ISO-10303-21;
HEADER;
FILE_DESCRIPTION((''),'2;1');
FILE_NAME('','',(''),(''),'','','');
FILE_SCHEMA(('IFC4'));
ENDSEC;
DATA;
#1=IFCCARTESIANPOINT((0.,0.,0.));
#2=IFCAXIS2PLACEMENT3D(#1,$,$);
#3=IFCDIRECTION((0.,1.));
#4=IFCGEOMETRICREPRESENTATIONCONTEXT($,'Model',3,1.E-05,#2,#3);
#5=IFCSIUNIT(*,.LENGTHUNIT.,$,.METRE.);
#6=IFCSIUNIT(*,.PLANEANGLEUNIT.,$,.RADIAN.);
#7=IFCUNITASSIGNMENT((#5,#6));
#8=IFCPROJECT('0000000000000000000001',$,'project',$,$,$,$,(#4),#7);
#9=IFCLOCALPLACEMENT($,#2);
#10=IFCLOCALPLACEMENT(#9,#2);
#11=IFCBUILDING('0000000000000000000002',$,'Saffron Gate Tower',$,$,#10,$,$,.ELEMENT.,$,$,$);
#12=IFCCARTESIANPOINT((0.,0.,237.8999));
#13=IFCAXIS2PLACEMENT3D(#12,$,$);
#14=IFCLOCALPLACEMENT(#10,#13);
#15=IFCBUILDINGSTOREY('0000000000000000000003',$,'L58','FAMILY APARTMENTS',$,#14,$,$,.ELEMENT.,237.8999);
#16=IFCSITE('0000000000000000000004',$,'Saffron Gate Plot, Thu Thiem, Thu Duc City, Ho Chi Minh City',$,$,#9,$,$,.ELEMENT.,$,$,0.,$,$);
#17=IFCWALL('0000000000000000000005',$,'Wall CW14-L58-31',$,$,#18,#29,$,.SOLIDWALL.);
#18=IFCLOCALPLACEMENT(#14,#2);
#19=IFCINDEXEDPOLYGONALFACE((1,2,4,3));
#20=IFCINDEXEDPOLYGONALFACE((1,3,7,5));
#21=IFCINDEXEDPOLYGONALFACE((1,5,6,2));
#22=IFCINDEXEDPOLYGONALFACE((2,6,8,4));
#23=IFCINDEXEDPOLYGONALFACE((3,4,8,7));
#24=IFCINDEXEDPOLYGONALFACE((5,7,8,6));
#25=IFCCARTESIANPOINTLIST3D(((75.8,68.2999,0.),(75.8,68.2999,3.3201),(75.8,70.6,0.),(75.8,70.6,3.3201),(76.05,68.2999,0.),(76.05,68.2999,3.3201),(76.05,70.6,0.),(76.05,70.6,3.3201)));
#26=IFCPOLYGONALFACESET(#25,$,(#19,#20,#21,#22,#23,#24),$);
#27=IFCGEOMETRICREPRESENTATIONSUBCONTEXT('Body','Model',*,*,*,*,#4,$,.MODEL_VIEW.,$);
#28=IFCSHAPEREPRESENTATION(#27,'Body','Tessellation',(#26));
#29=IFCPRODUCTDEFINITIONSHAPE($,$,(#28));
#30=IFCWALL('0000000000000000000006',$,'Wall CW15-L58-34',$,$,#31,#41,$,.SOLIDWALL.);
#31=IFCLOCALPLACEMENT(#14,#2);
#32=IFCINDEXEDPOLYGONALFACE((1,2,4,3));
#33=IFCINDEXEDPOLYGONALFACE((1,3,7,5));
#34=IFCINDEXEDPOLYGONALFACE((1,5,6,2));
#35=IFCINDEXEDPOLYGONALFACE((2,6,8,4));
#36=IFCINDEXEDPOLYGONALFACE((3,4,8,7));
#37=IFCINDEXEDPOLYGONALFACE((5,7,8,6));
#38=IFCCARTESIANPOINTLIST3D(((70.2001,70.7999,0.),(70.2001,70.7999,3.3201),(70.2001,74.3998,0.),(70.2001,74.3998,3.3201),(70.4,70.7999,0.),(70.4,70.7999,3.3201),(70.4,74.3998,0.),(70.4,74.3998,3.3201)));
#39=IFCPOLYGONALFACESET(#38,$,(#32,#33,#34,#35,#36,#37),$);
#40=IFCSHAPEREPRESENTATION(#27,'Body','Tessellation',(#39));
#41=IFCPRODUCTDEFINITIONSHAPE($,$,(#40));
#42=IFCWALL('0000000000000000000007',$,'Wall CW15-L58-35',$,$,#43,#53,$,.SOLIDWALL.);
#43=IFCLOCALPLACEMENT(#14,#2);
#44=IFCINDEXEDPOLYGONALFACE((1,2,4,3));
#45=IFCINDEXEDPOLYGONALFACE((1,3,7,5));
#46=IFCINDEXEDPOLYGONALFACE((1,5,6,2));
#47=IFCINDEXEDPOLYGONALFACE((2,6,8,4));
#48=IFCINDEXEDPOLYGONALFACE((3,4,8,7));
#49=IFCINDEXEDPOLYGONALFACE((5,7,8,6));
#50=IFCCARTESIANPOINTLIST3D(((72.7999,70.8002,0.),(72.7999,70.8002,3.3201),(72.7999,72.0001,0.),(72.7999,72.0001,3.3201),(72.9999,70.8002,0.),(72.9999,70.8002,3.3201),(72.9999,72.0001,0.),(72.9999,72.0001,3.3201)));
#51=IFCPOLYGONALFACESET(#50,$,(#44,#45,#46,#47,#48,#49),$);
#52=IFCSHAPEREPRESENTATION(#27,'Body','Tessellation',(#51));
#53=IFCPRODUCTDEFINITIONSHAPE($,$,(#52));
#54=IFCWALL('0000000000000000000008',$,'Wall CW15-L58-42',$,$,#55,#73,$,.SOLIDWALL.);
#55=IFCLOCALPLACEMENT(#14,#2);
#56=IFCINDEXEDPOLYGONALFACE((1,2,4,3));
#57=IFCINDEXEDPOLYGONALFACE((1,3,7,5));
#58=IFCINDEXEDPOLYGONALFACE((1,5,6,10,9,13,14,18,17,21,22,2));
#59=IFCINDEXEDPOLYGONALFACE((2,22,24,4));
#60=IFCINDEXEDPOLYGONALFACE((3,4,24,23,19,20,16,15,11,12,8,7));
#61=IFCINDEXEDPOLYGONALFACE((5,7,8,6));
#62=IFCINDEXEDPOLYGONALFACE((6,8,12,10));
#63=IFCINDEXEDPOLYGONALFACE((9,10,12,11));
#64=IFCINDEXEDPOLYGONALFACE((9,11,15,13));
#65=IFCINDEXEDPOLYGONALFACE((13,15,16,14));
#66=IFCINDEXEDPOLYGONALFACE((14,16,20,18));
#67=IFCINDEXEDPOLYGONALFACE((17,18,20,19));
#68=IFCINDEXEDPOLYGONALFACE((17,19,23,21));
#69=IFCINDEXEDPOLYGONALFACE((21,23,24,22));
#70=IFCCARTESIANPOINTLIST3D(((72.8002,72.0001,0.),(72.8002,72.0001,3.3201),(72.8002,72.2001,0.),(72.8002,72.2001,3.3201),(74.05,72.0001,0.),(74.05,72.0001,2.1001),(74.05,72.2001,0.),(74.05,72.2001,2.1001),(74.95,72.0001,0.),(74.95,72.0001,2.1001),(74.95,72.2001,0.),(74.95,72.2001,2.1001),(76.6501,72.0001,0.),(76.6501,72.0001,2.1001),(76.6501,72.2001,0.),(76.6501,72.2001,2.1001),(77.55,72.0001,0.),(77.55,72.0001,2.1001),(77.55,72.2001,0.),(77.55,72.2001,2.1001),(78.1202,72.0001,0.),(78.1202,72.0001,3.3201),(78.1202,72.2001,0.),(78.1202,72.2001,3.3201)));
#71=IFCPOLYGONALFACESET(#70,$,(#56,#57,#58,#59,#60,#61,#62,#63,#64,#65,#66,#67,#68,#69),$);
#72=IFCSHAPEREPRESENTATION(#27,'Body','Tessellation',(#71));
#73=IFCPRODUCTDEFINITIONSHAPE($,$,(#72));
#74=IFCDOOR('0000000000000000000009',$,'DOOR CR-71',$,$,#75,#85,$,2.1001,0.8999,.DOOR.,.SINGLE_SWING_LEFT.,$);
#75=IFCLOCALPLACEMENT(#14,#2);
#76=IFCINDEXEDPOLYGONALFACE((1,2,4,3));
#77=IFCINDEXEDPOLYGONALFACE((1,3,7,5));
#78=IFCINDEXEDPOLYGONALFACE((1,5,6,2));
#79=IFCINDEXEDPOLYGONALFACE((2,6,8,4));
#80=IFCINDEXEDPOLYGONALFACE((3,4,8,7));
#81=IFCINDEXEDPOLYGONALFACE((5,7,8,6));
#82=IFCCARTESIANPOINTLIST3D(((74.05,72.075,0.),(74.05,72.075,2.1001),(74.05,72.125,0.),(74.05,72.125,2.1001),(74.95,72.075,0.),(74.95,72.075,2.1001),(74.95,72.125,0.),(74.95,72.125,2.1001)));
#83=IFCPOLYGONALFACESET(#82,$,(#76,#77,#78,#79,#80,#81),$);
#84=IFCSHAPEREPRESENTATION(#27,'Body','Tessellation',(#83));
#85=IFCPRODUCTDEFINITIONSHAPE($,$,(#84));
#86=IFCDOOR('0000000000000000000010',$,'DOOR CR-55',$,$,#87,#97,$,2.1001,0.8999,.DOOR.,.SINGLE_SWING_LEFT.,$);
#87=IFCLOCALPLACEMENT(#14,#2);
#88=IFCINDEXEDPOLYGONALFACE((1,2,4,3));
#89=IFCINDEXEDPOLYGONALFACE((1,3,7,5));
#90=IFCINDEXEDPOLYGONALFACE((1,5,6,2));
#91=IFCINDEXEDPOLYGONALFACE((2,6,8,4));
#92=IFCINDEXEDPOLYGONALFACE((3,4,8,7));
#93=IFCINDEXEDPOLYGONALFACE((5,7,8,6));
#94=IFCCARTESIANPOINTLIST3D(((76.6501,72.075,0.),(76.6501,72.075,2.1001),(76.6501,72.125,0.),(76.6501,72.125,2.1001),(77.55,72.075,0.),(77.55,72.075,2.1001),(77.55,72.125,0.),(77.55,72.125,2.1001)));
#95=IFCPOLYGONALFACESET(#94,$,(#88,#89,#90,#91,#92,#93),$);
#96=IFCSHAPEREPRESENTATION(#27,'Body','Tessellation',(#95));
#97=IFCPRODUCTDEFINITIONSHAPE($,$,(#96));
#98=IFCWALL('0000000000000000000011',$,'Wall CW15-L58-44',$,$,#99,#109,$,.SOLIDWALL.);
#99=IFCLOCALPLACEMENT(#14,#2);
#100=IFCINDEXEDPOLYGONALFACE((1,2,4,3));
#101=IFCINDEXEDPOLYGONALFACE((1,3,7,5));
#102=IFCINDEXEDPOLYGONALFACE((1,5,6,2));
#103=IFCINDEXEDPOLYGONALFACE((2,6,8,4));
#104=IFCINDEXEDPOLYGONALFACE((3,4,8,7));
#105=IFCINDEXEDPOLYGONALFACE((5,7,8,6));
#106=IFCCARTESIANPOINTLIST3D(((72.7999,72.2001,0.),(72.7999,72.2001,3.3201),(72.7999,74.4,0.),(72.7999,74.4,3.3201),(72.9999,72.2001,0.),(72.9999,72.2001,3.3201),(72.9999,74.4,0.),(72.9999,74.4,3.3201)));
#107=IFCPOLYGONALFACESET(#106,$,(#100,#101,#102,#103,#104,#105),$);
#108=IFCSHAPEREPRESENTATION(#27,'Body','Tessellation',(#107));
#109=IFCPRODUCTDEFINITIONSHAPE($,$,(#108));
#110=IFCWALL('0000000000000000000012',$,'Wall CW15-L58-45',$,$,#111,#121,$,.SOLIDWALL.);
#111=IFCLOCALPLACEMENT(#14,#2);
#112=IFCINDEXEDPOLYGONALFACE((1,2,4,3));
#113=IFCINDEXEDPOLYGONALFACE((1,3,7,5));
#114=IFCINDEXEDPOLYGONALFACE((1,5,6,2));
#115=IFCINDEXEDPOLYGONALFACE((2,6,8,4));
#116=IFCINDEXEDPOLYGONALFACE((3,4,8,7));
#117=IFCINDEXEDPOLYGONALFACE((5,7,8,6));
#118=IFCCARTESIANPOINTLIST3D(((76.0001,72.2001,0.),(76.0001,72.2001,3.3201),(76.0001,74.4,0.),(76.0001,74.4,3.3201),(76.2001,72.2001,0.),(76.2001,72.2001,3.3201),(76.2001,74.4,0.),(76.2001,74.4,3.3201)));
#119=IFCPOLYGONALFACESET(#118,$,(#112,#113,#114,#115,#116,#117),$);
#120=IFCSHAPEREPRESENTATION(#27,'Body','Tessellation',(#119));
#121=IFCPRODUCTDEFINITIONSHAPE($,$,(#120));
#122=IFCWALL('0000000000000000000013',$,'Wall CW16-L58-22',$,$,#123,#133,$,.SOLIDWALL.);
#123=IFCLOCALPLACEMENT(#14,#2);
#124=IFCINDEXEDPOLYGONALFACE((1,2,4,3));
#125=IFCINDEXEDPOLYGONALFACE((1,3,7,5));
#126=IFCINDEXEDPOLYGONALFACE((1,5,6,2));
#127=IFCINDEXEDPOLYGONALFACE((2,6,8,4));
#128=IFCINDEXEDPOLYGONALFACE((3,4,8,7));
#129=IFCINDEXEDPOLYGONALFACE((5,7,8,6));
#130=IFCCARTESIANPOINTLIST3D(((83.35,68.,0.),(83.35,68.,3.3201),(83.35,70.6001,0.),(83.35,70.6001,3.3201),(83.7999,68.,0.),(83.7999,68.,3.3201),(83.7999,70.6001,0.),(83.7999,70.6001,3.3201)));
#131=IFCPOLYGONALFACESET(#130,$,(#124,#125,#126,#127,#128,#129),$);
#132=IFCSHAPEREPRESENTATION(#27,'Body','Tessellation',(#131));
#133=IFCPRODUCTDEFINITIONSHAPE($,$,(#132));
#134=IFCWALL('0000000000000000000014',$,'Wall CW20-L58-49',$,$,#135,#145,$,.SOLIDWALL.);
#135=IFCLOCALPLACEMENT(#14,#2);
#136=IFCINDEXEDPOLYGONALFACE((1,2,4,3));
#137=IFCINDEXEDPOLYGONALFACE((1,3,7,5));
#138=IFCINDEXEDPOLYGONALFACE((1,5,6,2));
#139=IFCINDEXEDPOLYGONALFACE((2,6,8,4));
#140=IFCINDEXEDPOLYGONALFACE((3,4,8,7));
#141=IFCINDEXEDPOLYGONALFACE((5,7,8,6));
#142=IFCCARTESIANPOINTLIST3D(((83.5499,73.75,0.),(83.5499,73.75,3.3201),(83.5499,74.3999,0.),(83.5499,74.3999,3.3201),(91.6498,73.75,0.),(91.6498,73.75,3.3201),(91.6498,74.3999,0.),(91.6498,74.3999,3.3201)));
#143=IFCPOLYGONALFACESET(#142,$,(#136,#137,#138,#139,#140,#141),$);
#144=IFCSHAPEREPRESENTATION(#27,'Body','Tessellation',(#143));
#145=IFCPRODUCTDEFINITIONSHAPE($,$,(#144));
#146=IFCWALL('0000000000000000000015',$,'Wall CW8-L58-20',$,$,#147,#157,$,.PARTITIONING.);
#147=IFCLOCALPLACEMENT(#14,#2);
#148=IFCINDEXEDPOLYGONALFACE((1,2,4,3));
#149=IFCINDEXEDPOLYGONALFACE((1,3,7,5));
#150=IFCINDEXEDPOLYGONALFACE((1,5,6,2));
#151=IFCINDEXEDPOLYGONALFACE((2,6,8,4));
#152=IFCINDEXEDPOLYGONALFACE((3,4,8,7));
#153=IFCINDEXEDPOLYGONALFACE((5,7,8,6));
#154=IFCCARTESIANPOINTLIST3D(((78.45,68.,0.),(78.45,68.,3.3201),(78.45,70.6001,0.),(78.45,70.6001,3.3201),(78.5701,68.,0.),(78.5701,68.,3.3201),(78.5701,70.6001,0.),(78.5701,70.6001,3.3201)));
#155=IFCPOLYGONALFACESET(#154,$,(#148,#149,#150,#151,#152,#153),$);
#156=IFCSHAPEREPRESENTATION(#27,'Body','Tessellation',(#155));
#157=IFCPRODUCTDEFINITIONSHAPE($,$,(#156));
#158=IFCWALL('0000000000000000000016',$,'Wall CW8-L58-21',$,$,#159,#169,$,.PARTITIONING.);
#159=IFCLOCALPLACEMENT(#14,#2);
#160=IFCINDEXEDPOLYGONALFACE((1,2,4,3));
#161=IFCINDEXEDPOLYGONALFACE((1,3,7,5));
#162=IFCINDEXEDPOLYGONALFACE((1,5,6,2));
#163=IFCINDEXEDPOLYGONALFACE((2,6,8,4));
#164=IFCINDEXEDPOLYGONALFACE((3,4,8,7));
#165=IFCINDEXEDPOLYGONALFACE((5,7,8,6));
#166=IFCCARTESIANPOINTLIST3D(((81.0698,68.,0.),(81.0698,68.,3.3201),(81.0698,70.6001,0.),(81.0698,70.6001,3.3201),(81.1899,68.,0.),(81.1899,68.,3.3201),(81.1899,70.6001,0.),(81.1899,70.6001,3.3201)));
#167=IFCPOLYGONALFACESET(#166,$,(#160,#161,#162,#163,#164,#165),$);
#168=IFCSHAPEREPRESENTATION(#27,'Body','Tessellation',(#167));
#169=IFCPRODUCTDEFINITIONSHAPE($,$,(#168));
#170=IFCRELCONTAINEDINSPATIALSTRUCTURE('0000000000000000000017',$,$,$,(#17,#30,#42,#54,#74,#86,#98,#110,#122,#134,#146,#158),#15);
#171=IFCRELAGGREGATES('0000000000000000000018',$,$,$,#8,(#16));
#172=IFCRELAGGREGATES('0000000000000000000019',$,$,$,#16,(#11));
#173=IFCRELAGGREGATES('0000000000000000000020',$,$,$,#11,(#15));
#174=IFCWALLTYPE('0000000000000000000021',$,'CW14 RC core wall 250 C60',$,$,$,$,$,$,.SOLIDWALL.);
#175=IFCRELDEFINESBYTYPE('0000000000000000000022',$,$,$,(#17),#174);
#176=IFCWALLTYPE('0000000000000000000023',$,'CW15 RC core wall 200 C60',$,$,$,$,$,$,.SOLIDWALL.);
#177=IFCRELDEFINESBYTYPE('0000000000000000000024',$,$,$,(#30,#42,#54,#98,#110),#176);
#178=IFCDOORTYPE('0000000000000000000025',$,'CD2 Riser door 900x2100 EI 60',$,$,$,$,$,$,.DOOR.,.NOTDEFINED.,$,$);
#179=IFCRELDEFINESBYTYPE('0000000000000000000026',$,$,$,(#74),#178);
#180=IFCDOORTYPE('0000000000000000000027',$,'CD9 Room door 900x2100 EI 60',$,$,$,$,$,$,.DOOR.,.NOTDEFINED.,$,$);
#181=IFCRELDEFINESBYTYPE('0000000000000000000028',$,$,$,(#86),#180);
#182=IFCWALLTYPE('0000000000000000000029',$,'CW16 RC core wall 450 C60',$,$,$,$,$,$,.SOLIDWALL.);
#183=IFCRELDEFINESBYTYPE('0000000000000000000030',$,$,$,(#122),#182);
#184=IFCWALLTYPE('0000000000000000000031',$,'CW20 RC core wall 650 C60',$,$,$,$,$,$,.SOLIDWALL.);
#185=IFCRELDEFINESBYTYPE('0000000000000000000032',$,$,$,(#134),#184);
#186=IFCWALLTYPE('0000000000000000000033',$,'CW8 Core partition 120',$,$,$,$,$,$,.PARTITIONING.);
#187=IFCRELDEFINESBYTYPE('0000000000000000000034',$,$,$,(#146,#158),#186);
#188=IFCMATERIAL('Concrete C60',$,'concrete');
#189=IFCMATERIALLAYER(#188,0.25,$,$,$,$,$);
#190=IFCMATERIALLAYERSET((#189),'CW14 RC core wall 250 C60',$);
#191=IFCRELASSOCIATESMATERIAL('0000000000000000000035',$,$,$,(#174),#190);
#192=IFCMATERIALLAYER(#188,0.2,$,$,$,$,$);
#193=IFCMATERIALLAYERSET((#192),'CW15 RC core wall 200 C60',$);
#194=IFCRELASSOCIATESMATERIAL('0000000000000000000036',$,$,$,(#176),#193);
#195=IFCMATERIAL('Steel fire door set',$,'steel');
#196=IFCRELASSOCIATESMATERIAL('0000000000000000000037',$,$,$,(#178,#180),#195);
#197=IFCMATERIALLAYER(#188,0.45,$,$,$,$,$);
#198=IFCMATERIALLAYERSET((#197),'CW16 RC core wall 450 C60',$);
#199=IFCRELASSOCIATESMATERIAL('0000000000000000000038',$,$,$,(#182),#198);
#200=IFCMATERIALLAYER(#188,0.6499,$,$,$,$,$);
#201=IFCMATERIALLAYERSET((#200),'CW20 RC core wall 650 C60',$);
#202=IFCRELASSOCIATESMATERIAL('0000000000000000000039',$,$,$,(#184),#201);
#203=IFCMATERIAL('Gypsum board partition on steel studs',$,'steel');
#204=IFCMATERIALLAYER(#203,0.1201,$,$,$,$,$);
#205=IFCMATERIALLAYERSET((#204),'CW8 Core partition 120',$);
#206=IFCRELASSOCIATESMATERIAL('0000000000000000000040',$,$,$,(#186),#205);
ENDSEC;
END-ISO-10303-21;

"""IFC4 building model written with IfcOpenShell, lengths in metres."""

from ifc_helpers import new_model, si_unit, direction, frame, frame_2d, origin, place, context, subcontext, project, spatial, rectangle, extrude, material, layer, layer_set, type_object, element, fill, save


model = new_model("IFC4")

# Units and contexts
model_context = context("Model", 3, precision=1e-05, world=origin(), true_north=direction((0.0, 1.0)))
body_context = subcontext(model_context, "Body", "Model", "MODEL_VIEW")
ifc_project = project(units=[si_unit("LENGTHUNIT", "METRE"), si_unit("PLANEANGLEUNIT", "RADIAN")], contexts=[model_context])

# Site, building, storey
site_placement = place(None, origin())
site = spatial("IfcSite", under=ifc_project, at=site_placement, Name="Saffron Gate Plot, Thu Thiem, Thu Duc City, Ho Chi Minh City", CompositionType="ELEMENT", RefElevation=0.0)
building_placement = place(site_placement, origin())
building = spatial("IfcBuilding", under=site, at=building_placement, Name="Saffron Gate Tower", CompositionType="ELEMENT")
storey_placement = place(building_placement, frame((0.0, 0.0, 237.8999)))
storey = spatial("IfcBuildingStorey", under=building, at=storey_placement, Name="L58", Description="FAMILY APARTMENTS", CompositionType="ELEMENT", Elevation=237.8999)

# Walls
ifc_material_1 = material(Name="Concrete C60", Category="concrete")
ifc_layer_1 = layer(ifc_material_1, 0.25)
ifc_layer_set_1 = layer_set([ifc_layer_1], Name="CW14 RC core wall 250 C60")
wall_type_1 = type_object("IfcWallType", Name="CW14 RC core wall 250 C60", PredefinedType="SOLIDWALL", material=ifc_layer_set_1)
wall_1_placement = place(storey_placement, frame((75.925, 68.3, 0.0), z_axis=(0.0, 0.0, 1.0), x_axis=(0.0, 1.0, 0.0)))
element("IfcWall", 1, at=wall_1_placement, inside=storey, type_object=wall_type_1, Name="Wall CW14-L58-31", PredefinedType="SOLIDWALL", context=body_context, shape_type="SweptSolid", body=[
    extrude(rectangle(XDim=2.3, YDim=0.25, at=frame_2d((1.1499, 0.0))), origin(), (0.0, 0.0, 1.0), 3.3201),
])
ifc_layer_2 = layer(ifc_material_1, 0.2)
ifc_layer_set_2 = layer_set([ifc_layer_2], Name="CW15 RC core wall 200 C60")
wall_type_2 = type_object("IfcWallType", Name="CW15 RC core wall 200 C60", PredefinedType="SOLIDWALL", material=ifc_layer_set_2)
wall_2_placement = place(storey_placement, frame((70.3, 70.8, 0.0), z_axis=(0.0, 0.0, 1.0), x_axis=(0.0, 1.0, 0.0)))
element("IfcWall", 2, at=wall_2_placement, inside=storey, type_object=wall_type_2, Name="Wall CW15-L58-34", PredefinedType="SOLIDWALL", context=body_context, shape_type="SweptSolid", body=[
    extrude(rectangle(XDim=3.5999, YDim=0.2, at=frame_2d((1.7998, 0.0))), origin(), (0.0, 0.0, 1.0), 3.3201),
])
wall_3_placement = place(storey_placement, frame((72.8999, 70.8, 0.0), z_axis=(0.0, 0.0, 1.0), x_axis=(0.0, 1.0, 0.0)))
element("IfcWall", 3, at=wall_3_placement, inside=storey, type_object=wall_type_2, Name="Wall CW15-L58-35", PredefinedType="SOLIDWALL", context=body_context, shape_type="SweptSolid", body=[
    extrude(rectangle(XDim=1.2, YDim=0.2, at=frame_2d((0.6001, 0.0))), origin(), (0.0, 0.0, 1.0), 3.3201),
])

# Wall, openings, doors
wall_4_placement = place(storey_placement, frame((72.8, 72.1001, 0.0), z_axis=(0.0, 0.0, 1.0), x_axis=(1.0, 0.0, 0.0)))
wall_4 = element("IfcWall", 4, at=wall_4_placement, inside=storey, type_object=wall_type_2, Name="Wall CW15-L58-42", PredefinedType="SOLIDWALL", context=body_context, shape_type="SweptSolid", body=[
    extrude(rectangle(XDim=5.3201, YDim=0.2, at=frame_2d((2.6602, 0.0))), origin(), (0.0, 0.0, 1.0), 3.3201),
])
opening_1_placement = place(wall_4_placement, frame((1.25, 0.0, 0.0)))
opening_1 = element("IfcOpeningElement", 5, at=opening_1_placement, cuts=wall_4, PredefinedType="OPENING", context=body_context, shape_type="SweptSolid", body=[
    extrude(rectangle(XDim=0.8999, YDim=2.1001, at=frame_2d((0.45, 1.05))), frame((0.0, 0.1099, 0.0), z_axis=(0.0, -1.0, 0.0), x_axis=(1.0, 0.0, 0.0)), (0.0, 0.0, 1.0), 0.22),
])
opening_2_placement = place(wall_4_placement, frame((3.8501, 0.0, 0.0)))
opening_2 = element("IfcOpeningElement", 6, at=opening_2_placement, cuts=wall_4, PredefinedType="OPENING", context=body_context, shape_type="SweptSolid", body=[
    extrude(rectangle(XDim=0.8999, YDim=2.1001, at=frame_2d((0.45, 1.05))), frame((0.0, 0.1099, 0.0), z_axis=(0.0, -1.0, 0.0), x_axis=(1.0, 0.0, 0.0)), (0.0, 0.0, 1.0), 0.22),
])
ifc_material_2 = material(Name="Steel fire door set", Category="steel")
door_type_1 = type_object("IfcDoorType", Name="CD2 Riser door 900x2100 EI 60", OperationType="NOTDEFINED", PredefinedType="DOOR", material=ifc_material_2)
door_1_placement = place(opening_1_placement, origin())
door_1 = element("IfcDoor", 7, at=door_1_placement, inside=storey, type_object=door_type_1, Name="DOOR CR-71", OperationType="SINGLE_SWING_LEFT", OverallHeight=2.1001, OverallWidth=0.8999, PredefinedType="DOOR", context=body_context, shape_type="SweptSolid", body=[
    extrude(rectangle(XDim=0.8999, YDim=2.1001, at=frame_2d((0.45, 1.05))), frame((0.0, 0.0249, 0.0), z_axis=(0.0, -1.0, 0.0), x_axis=(1.0, 0.0, 0.0)), (0.0, 0.0, 1.0), 0.05),
])
fill(opening_1, door_1)
door_type_2 = type_object("IfcDoorType", Name="CD9 Room door 900x2100 EI 60", OperationType="NOTDEFINED", PredefinedType="DOOR", material=ifc_material_2)
door_2_placement = place(opening_2_placement, origin())
door_2 = element("IfcDoor", 8, at=door_2_placement, inside=storey, type_object=door_type_2, Name="DOOR CR-55", OperationType="SINGLE_SWING_LEFT", OverallHeight=2.1001, OverallWidth=0.8999, PredefinedType="DOOR", context=body_context, shape_type="SweptSolid", body=[
    extrude(rectangle(XDim=0.8999, YDim=2.1001, at=frame_2d((0.45, 1.05))), frame((0.0, 0.0249, 0.0), z_axis=(0.0, -1.0, 0.0), x_axis=(1.0, 0.0, 0.0)), (0.0, 0.0, 1.0), 0.05),
])
fill(opening_2, door_2)

# Walls
for number, where, z_axis, x_axis, name in (
    (9, (72.8999, 72.2, 0.0), (0.0, 0.0, 1.0), (0.0, 1.0, 0.0), "Wall CW15-L58-44"),
    (10, (76.1001, 72.2, 0.0), (0.0, 0.0, 1.0), (0.0, 1.0, 0.0), "Wall CW15-L58-45"),
):
    element("IfcWall", number, at=place(storey_placement, frame(where, z_axis=z_axis, x_axis=x_axis)), inside=storey, type_object=wall_type_2, Name=name, PredefinedType="SOLIDWALL", context=body_context, shape_type="SweptSolid", body=[
        extrude(rectangle(XDim=2.2, YDim=0.2, at=frame_2d((1.1001, 0.0))), origin(), (0.0, 0.0, 1.0), 3.3201),
    ])
ifc_layer_3 = layer(ifc_material_1, 0.45)
ifc_layer_set_3 = layer_set([ifc_layer_3], Name="CW16 RC core wall 450 C60")
wall_type_3 = type_object("IfcWallType", Name="CW16 RC core wall 450 C60", PredefinedType="SOLIDWALL", material=ifc_layer_set_3)
wall_5_placement = place(storey_placement, frame((83.575, 68.0, 0.0), z_axis=(0.0, 0.0, 1.0), x_axis=(0.0, 1.0, 0.0)))
element("IfcWall", 11, at=wall_5_placement, inside=storey, type_object=wall_type_3, Name="Wall CW16-L58-22", PredefinedType="SOLIDWALL", context=body_context, shape_type="SweptSolid", body=[
    extrude(rectangle(XDim=2.6001, YDim=0.45, at=frame_2d((1.3, 0.0))), origin(), (0.0, 0.0, 1.0), 3.3201),
])
ifc_layer_4 = layer(ifc_material_1, 0.6499)
ifc_layer_set_4 = layer_set([ifc_layer_4], Name="CW20 RC core wall 650 C60")
wall_type_4 = type_object("IfcWallType", Name="CW20 RC core wall 650 C60", PredefinedType="SOLIDWALL", material=ifc_layer_set_4)
wall_6_placement = place(storey_placement, frame((83.55, 74.075, 0.0), z_axis=(0.0, 0.0, 1.0), x_axis=(1.0, 0.0, 0.0)))
element("IfcWall", 12, at=wall_6_placement, inside=storey, type_object=wall_type_4, Name="Wall CW20-L58-49", PredefinedType="SOLIDWALL", context=body_context, shape_type="SweptSolid", body=[
    extrude(rectangle(XDim=8.0999, YDim=0.6499, at=frame_2d((4.0498, 0.0))), origin(), (0.0, 0.0, 1.0), 3.3201),
])
ifc_material_3 = material(Name="Gypsum board partition on steel studs", Category="steel")
ifc_layer_5 = layer(ifc_material_3, 0.1201)
ifc_layer_set_5 = layer_set([ifc_layer_5], Name="CW8 Core partition 120")
wall_type_5 = type_object("IfcWallType", Name="CW8 Core partition 120", PredefinedType="PARTITIONING", material=ifc_layer_set_5)
for number, where, z_axis, x_axis, name in (
    (13, (78.51, 68.0, 0.0), (0.0, 0.0, 1.0), (0.0, 1.0, 0.0), "Wall CW8-L58-20"),
    (14, (81.1299, 68.0, 0.0), (0.0, 0.0, 1.0), (0.0, 1.0, 0.0), "Wall CW8-L58-21"),
):
    element("IfcWall", number, at=place(storey_placement, frame(where, z_axis=z_axis, x_axis=x_axis)), inside=storey, type_object=wall_type_5, Name=name, PredefinedType="PARTITIONING", context=body_context, shape_type="SweptSolid", body=[
        extrude(rectangle(XDim=2.6001, YDim=0.1201, at=frame_2d((1.3, 0.0))), origin(), (0.0, 0.0, 1.0), 3.3201),
    ])

save(model, "model.ifc")
